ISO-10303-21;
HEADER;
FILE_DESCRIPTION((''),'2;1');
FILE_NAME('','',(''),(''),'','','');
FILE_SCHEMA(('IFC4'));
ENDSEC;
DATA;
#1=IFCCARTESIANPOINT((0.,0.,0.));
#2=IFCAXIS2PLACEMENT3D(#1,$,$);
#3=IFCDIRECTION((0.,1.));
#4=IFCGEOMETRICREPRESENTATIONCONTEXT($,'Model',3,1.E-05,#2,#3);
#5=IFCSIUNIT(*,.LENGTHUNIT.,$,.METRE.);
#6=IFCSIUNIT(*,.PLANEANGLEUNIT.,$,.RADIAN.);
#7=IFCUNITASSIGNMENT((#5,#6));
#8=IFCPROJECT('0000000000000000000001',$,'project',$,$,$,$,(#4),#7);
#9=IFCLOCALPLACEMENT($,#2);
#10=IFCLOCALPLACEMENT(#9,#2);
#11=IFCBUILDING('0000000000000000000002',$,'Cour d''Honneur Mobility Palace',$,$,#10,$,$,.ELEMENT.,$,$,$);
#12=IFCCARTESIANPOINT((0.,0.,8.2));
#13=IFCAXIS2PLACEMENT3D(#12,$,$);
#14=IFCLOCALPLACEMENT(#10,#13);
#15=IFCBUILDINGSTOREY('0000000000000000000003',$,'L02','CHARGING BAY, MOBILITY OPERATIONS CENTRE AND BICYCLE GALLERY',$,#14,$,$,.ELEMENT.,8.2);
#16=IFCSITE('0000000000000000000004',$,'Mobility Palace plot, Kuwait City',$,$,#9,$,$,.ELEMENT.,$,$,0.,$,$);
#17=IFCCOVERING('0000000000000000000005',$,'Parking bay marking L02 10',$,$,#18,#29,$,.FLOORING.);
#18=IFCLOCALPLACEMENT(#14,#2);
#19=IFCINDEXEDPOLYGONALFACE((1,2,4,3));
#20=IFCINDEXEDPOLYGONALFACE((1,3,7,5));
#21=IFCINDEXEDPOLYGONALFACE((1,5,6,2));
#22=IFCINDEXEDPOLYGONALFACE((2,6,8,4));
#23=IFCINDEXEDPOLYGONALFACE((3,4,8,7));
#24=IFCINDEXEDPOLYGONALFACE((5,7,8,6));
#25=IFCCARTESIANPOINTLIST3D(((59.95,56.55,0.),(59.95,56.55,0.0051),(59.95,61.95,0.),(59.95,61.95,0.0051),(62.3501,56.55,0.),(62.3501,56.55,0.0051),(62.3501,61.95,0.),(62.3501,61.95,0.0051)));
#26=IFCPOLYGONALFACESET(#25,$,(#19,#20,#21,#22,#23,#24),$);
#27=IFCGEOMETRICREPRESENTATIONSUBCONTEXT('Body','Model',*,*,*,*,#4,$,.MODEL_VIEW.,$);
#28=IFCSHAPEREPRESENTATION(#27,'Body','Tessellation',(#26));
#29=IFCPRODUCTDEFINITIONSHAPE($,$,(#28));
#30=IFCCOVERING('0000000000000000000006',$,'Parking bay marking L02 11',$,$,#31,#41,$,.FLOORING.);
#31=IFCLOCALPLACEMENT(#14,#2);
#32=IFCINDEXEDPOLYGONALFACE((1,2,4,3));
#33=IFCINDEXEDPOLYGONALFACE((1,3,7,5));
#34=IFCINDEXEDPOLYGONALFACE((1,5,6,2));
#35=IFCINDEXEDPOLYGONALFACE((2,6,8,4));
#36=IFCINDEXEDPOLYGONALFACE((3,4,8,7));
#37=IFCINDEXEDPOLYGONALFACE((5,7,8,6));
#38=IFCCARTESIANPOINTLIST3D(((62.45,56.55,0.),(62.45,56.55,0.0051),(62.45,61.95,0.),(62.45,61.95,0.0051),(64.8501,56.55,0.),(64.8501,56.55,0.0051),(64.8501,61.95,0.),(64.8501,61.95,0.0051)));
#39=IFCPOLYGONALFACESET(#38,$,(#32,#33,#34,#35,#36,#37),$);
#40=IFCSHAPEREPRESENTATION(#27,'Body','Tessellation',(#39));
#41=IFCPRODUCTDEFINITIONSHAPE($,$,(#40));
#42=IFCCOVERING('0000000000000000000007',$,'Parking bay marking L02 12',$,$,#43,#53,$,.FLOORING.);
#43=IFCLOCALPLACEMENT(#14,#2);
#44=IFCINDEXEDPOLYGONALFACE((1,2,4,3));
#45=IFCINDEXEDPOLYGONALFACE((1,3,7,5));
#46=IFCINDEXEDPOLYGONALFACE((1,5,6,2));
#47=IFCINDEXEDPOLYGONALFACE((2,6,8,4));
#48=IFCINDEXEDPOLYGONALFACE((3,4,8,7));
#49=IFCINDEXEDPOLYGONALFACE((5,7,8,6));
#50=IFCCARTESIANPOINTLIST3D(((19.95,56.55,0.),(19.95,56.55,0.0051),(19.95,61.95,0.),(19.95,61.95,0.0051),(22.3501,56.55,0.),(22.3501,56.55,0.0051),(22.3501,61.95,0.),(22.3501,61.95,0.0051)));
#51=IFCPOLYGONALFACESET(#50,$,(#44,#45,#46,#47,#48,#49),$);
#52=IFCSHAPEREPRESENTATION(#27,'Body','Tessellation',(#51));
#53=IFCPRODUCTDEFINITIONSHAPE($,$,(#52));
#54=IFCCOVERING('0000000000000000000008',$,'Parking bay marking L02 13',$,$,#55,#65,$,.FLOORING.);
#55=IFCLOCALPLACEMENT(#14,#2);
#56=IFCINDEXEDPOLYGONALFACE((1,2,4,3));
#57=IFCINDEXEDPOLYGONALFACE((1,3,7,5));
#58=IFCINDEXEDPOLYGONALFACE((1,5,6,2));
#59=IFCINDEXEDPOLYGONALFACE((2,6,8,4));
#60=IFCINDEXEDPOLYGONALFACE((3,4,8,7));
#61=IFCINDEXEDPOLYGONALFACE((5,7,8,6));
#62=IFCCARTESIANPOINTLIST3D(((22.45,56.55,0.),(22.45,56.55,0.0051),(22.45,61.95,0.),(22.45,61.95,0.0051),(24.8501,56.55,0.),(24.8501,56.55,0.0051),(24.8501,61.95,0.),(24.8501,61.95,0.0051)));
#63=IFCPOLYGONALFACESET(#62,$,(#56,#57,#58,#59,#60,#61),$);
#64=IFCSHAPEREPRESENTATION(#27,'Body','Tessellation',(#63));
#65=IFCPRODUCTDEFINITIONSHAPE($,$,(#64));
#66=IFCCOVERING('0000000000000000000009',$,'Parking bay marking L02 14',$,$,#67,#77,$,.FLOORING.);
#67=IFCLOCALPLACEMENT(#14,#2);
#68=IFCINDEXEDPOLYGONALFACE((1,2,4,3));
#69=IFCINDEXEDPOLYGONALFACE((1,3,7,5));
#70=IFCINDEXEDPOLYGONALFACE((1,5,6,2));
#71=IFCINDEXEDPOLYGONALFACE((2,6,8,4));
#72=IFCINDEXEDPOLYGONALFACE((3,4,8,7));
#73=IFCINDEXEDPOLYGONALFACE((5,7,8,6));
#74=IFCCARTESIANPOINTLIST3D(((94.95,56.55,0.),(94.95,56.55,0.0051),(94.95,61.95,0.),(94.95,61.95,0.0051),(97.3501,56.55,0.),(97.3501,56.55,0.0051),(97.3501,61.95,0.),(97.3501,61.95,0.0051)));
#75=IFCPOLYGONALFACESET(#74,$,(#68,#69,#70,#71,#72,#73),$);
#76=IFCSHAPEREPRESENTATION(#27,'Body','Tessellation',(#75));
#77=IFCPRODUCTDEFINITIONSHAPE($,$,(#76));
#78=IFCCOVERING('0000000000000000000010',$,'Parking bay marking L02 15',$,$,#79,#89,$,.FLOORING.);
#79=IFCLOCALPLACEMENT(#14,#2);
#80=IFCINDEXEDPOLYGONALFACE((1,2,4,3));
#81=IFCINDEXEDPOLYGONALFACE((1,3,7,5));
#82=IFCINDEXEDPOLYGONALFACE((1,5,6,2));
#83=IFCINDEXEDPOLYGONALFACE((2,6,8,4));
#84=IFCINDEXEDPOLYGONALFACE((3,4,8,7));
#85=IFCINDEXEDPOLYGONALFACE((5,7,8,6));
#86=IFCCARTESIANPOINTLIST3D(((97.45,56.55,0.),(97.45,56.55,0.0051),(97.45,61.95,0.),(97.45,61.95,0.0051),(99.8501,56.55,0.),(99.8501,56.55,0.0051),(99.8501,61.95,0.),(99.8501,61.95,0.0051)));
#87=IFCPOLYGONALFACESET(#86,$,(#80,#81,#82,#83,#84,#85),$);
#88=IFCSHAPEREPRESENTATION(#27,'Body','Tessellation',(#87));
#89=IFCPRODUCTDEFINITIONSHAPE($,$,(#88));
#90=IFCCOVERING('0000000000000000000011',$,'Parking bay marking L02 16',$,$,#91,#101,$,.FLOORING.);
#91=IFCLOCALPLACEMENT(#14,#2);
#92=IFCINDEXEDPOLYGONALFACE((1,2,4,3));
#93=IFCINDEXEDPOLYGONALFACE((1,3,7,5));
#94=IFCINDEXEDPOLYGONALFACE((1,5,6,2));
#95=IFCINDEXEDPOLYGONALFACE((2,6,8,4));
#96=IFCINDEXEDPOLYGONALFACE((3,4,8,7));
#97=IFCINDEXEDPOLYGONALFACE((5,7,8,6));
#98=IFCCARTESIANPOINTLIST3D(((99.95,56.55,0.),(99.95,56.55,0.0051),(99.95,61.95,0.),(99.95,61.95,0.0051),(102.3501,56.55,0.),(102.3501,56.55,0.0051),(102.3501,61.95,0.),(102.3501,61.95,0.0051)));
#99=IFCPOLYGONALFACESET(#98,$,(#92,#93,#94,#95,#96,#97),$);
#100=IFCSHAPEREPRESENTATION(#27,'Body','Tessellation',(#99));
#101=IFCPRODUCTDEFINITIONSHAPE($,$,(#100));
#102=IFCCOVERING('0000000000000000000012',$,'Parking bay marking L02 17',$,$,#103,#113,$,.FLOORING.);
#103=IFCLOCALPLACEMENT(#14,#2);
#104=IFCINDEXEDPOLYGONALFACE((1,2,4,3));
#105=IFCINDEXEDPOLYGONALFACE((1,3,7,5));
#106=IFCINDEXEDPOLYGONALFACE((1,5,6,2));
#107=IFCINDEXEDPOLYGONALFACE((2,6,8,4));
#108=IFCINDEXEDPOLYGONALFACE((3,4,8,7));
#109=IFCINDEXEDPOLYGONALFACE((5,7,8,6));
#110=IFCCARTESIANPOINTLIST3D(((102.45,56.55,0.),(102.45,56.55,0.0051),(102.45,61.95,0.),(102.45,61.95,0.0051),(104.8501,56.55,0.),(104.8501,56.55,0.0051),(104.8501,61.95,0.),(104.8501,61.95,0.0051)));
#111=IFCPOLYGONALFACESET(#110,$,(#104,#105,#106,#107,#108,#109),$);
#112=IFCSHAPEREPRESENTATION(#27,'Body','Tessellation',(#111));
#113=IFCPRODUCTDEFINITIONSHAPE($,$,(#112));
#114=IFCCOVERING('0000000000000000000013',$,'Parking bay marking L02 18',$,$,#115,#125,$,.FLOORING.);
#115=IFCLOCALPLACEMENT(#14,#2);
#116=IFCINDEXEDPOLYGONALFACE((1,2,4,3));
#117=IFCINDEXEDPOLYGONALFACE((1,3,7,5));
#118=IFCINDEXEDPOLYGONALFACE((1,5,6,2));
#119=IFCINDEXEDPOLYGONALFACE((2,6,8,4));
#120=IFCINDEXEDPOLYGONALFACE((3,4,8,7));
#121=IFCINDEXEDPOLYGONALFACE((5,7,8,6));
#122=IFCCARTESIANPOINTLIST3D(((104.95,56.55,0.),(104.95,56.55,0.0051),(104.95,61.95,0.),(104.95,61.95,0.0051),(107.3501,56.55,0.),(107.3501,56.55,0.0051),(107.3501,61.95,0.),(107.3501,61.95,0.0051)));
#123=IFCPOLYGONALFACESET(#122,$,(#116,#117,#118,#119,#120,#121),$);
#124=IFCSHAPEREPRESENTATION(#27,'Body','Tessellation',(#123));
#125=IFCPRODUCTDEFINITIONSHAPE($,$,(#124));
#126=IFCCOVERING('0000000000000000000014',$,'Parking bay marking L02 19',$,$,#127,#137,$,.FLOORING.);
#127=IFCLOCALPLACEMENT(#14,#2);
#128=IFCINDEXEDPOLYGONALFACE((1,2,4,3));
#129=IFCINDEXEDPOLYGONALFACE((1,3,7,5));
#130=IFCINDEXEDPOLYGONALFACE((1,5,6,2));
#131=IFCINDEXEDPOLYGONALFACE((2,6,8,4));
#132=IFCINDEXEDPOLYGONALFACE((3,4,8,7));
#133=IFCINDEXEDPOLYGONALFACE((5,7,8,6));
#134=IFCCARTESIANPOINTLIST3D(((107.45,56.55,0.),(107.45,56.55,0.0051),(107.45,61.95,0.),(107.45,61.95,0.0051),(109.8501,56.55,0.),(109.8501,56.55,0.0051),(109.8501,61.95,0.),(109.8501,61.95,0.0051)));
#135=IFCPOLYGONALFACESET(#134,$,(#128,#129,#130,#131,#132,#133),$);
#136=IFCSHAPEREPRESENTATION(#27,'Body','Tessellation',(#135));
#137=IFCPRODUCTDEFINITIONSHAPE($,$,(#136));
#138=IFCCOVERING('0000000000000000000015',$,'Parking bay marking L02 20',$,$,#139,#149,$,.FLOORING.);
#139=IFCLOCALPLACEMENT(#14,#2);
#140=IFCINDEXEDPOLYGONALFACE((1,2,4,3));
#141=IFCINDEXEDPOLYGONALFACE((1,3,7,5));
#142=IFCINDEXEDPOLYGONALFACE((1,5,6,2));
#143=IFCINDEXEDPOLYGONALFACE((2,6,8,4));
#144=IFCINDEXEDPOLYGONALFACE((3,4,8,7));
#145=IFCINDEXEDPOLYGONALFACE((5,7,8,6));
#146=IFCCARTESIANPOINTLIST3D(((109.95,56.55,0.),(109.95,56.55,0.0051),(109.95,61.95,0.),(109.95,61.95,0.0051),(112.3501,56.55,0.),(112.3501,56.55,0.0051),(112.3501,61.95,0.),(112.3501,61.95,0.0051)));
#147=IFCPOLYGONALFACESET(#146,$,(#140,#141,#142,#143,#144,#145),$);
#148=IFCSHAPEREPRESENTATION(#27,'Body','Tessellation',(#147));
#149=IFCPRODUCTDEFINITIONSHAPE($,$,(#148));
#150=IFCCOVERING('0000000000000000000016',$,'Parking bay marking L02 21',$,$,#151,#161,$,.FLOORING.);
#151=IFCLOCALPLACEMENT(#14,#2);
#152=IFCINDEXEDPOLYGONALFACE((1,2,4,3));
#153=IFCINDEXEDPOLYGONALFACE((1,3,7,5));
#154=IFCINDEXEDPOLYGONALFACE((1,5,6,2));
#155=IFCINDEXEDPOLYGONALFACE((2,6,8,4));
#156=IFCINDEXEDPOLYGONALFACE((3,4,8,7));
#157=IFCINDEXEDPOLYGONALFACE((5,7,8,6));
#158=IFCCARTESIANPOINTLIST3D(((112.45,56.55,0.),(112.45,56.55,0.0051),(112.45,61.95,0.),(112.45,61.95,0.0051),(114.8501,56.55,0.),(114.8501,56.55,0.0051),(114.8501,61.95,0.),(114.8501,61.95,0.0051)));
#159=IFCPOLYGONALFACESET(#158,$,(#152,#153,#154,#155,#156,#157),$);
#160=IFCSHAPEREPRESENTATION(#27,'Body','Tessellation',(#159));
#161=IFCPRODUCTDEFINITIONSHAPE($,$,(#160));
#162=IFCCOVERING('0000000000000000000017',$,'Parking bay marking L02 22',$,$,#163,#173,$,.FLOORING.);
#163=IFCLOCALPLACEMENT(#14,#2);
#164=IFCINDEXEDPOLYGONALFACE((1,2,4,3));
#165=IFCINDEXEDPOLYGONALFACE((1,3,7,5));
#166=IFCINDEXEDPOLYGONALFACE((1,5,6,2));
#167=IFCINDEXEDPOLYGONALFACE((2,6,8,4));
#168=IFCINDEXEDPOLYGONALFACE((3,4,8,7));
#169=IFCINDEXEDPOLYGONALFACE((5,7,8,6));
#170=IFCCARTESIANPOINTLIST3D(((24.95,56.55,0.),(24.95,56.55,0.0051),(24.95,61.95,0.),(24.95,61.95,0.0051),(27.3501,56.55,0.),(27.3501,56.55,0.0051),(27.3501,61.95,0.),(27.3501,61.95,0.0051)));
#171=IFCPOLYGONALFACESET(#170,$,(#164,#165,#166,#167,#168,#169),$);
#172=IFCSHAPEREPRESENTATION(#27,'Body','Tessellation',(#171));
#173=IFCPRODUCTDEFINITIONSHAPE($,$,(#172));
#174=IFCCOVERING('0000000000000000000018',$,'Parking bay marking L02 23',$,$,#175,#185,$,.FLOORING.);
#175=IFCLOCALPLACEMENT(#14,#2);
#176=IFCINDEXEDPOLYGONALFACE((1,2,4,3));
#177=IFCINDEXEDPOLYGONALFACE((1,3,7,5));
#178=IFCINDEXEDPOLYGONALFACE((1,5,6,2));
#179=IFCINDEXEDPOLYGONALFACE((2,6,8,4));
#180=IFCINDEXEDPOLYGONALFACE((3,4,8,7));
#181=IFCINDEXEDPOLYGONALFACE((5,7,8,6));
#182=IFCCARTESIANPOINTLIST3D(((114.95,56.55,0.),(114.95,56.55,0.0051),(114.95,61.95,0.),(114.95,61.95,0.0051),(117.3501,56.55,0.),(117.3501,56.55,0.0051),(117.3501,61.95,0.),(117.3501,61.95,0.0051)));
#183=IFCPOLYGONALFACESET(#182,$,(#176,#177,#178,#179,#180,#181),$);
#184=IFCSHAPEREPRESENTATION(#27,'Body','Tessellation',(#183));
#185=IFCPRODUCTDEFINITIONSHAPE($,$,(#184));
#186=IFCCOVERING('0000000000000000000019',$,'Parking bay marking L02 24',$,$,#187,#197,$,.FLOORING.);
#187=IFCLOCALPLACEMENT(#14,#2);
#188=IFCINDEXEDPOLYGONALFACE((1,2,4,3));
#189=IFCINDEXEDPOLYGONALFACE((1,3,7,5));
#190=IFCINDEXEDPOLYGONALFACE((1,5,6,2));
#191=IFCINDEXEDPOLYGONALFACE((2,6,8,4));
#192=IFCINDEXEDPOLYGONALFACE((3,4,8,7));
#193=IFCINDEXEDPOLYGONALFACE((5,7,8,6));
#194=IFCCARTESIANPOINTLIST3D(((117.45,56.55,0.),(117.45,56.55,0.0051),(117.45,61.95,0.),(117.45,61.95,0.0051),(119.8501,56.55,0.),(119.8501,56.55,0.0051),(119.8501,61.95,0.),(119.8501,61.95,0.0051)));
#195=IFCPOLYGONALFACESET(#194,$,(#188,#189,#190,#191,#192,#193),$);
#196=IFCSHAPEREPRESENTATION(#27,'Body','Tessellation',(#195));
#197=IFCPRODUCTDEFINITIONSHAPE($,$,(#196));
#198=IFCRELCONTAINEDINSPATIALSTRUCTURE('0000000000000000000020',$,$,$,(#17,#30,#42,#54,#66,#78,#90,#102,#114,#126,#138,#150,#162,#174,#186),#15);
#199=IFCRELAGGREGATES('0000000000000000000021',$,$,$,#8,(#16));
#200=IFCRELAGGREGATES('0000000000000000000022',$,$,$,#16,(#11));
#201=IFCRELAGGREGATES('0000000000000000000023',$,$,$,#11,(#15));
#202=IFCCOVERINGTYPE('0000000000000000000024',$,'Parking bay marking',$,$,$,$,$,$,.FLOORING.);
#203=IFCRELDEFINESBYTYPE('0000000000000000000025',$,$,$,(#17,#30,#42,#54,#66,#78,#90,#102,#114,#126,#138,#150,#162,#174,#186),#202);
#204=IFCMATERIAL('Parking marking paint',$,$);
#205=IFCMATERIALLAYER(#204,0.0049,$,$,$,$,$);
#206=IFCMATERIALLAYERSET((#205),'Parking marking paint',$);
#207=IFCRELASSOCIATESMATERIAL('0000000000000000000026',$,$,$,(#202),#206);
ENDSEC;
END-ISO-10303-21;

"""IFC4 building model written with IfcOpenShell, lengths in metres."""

from ifc_helpers import new_model, si_unit, direction, frame, origin, place, context, subcontext, project, spatial, polyline, outline, extrude, material, layer, layer_set, type_object, element, save


model = new_model("IFC4")

# Units and contexts
model_context = context("Model", 3, precision=1e-05, world=origin(), true_north=direction((0.0, 1.0)))
body_context = subcontext(model_context, "Body", "Model", "MODEL_VIEW")
ifc_project = project(units=[si_unit("LENGTHUNIT", "METRE"), si_unit("PLANEANGLEUNIT", "RADIAN")], contexts=[model_context])

# Site, building, storey
site_placement = place(None, origin())
site = spatial("IfcSite", under=ifc_project, at=site_placement, Name="Mobility Palace plot, Kuwait City", CompositionType="ELEMENT", RefElevation=0.0)
building_placement = place(site_placement, origin())
building = spatial("IfcBuilding", under=site, at=building_placement, Name="Cour d'Honneur Mobility Palace", CompositionType="ELEMENT")
storey_placement = place(building_placement, frame((0.0, 0.0, 8.2)))
storey = spatial("IfcBuildingStorey", under=building, at=storey_placement, Name="L02", Description="CHARGING BAY, MOBILITY OPERATIONS CENTRE AND BICYCLE GALLERY", CompositionType="ELEMENT", Elevation=8.2)

# Coverings
ifc_material_1 = material(Name="Parking marking paint")
ifc_layer_1 = layer(ifc_material_1, 0.0049)
ifc_layer_set_1 = layer_set([ifc_layer_1], Name="Parking marking paint")
covering_type_1 = type_object("IfcCoveringType", Name="Parking bay marking", PredefinedType="FLOORING", material=ifc_layer_set_1)
covering_1_placement = place(storey_placement, origin())
element("IfcCovering", 1, at=covering_1_placement, inside=storey, type_object=covering_type_1, Name="Parking bay marking L02 10", PredefinedType="FLOORING", context=body_context, shape_type="SweptSolid", body=[
    extrude(outline(polyline([(62.3501, 56.55), (59.95, 56.55), (59.95, 61.95), (62.3501, 61.95), (62.3501, 56.55)])), origin(), (0.0, 0.0, 1.0), 0.0051),
])
covering_2_placement = place(storey_placement, origin())
element("IfcCovering", 2, at=covering_2_placement, inside=storey, type_object=covering_type_1, Name="Parking bay marking L02 11", PredefinedType="FLOORING", context=body_context, shape_type="SweptSolid", body=[
    extrude(outline(polyline([(64.8501, 56.55), (62.45, 56.55), (62.45, 61.95), (64.8501, 61.95), (64.8501, 56.55)])), origin(), (0.0, 0.0, 1.0), 0.0051),
])
covering_3_placement = place(storey_placement, origin())
element("IfcCovering", 3, at=covering_3_placement, inside=storey, type_object=covering_type_1, Name="Parking bay marking L02 12", PredefinedType="FLOORING", context=body_context, shape_type="SweptSolid", body=[
    extrude(outline(polyline([(22.3501, 56.55), (19.95, 56.55), (19.95, 61.95), (22.3501, 61.95), (22.3501, 56.55)])), origin(), (0.0, 0.0, 1.0), 0.0051),
])
covering_4_placement = place(storey_placement, origin())
element("IfcCovering", 4, at=covering_4_placement, inside=storey, type_object=covering_type_1, Name="Parking bay marking L02 13", PredefinedType="FLOORING", context=body_context, shape_type="SweptSolid", body=[
    extrude(outline(polyline([(24.8501, 56.55), (22.45, 56.55), (22.45, 61.95), (24.8501, 61.95), (24.8501, 56.55)])), origin(), (0.0, 0.0, 1.0), 0.0051),
])
covering_5_placement = place(storey_placement, origin())
element("IfcCovering", 5, at=covering_5_placement, inside=storey, type_object=covering_type_1, Name="Parking bay marking L02 14", PredefinedType="FLOORING", context=body_context, shape_type="SweptSolid", body=[
    extrude(outline(polyline([(97.3501, 56.55), (94.95, 56.55), (94.95, 61.95), (97.3501, 61.95), (97.3501, 56.55)])), origin(), (0.0, 0.0, 1.0), 0.0051),
])
covering_6_placement = place(storey_placement, origin())
element("IfcCovering", 6, at=covering_6_placement, inside=storey, type_object=covering_type_1, Name="Parking bay marking L02 15", PredefinedType="FLOORING", context=body_context, shape_type="SweptSolid", body=[
    extrude(outline(polyline([(99.8501, 56.55), (97.45, 56.55), (97.45, 61.95), (99.8501, 61.95), (99.8501, 56.55)])), origin(), (0.0, 0.0, 1.0), 0.0051),
])
covering_7_placement = place(storey_placement, origin())
element("IfcCovering", 7, at=covering_7_placement, inside=storey, type_object=covering_type_1, Name="Parking bay marking L02 16", PredefinedType="FLOORING", context=body_context, shape_type="SweptSolid", body=[
    extrude(outline(polyline([(102.3501, 56.55), (99.95, 56.55), (99.95, 61.95), (102.3501, 61.95), (102.3501, 56.55)])), origin(), (0.0, 0.0, 1.0), 0.0051),
])
covering_8_placement = place(storey_placement, origin())
element("IfcCovering", 8, at=covering_8_placement, inside=storey, type_object=covering_type_1, Name="Parking bay marking L02 17", PredefinedType="FLOORING", context=body_context, shape_type="SweptSolid", body=[
    extrude(outline(polyline([(104.8501, 56.55), (102.45, 56.55), (102.45, 61.95), (104.8501, 61.95), (104.8501, 56.55)])), origin(), (0.0, 0.0, 1.0), 0.0051),
])
covering_9_placement = place(storey_placement, origin())
element("IfcCovering", 9, at=covering_9_placement, inside=storey, type_object=covering_type_1, Name="Parking bay marking L02 18", PredefinedType="FLOORING", context=body_context, shape_type="SweptSolid", body=[
    extrude(outline(polyline([(107.3501, 56.55), (104.95, 56.55), (104.95, 61.95), (107.3501, 61.95), (107.3501, 56.55)])), origin(), (0.0, 0.0, 1.0), 0.0051),
])
covering_10_placement = place(storey_placement, origin())
element("IfcCovering", 10, at=covering_10_placement, inside=storey, type_object=covering_type_1, Name="Parking bay marking L02 19", PredefinedType="FLOORING", context=body_context, shape_type="SweptSolid", body=[
    extrude(outline(polyline([(109.8501, 56.55), (107.45, 56.55), (107.45, 61.95), (109.8501, 61.95), (109.8501, 56.55)])), origin(), (0.0, 0.0, 1.0), 0.0051),
])
covering_11_placement = place(storey_placement, origin())
element("IfcCovering", 11, at=covering_11_placement, inside=storey, type_object=covering_type_1, Name="Parking bay marking L02 20", PredefinedType="FLOORING", context=body_context, shape_type="SweptSolid", body=[
    extrude(outline(polyline([(112.3501, 56.55), (109.95, 56.55), (109.95, 61.95), (112.3501, 61.95), (112.3501, 56.55)])), origin(), (0.0, 0.0, 1.0), 0.0051),
])
covering_12_placement = place(storey_placement, origin())
element("IfcCovering", 12, at=covering_12_placement, inside=storey, type_object=covering_type_1, Name="Parking bay marking L02 21", PredefinedType="FLOORING", context=body_context, shape_type="SweptSolid", body=[
    extrude(outline(polyline([(114.8501, 56.55), (112.45, 56.55), (112.45, 61.95), (114.8501, 61.95), (114.8501, 56.55)])), origin(), (0.0, 0.0, 1.0), 0.0051),
])
covering_13_placement = place(storey_placement, origin())
element("IfcCovering", 13, at=covering_13_placement, inside=storey, type_object=covering_type_1, Name="Parking bay marking L02 22", PredefinedType="FLOORING", context=body_context, shape_type="SweptSolid", body=[
    extrude(outline(polyline([(27.3501, 56.55), (24.95, 56.55), (24.95, 61.95), (27.3501, 61.95), (27.3501, 56.55)])), origin(), (0.0, 0.0, 1.0), 0.0051),
])
covering_14_placement = place(storey_placement, origin())
element("IfcCovering", 14, at=covering_14_placement, inside=storey, type_object=covering_type_1, Name="Parking bay marking L02 23", PredefinedType="FLOORING", context=body_context, shape_type="SweptSolid", body=[
    extrude(outline(polyline([(117.3501, 56.55), (114.95, 56.55), (114.95, 61.95), (117.3501, 61.95), (117.3501, 56.55)])), origin(), (0.0, 0.0, 1.0), 0.0051),
])
covering_15_placement = place(storey_placement, origin())
element("IfcCovering", 15, at=covering_15_placement, inside=storey, type_object=covering_type_1, Name="Parking bay marking L02 24", PredefinedType="FLOORING", context=body_context, shape_type="SweptSolid", body=[
    extrude(outline(polyline([(119.8501, 56.55), (117.45, 56.55), (117.45, 61.95), (119.8501, 61.95), (119.8501, 56.55)])), origin(), (0.0, 0.0, 1.0), 0.0051),
])

save(model, "model.ifc")
